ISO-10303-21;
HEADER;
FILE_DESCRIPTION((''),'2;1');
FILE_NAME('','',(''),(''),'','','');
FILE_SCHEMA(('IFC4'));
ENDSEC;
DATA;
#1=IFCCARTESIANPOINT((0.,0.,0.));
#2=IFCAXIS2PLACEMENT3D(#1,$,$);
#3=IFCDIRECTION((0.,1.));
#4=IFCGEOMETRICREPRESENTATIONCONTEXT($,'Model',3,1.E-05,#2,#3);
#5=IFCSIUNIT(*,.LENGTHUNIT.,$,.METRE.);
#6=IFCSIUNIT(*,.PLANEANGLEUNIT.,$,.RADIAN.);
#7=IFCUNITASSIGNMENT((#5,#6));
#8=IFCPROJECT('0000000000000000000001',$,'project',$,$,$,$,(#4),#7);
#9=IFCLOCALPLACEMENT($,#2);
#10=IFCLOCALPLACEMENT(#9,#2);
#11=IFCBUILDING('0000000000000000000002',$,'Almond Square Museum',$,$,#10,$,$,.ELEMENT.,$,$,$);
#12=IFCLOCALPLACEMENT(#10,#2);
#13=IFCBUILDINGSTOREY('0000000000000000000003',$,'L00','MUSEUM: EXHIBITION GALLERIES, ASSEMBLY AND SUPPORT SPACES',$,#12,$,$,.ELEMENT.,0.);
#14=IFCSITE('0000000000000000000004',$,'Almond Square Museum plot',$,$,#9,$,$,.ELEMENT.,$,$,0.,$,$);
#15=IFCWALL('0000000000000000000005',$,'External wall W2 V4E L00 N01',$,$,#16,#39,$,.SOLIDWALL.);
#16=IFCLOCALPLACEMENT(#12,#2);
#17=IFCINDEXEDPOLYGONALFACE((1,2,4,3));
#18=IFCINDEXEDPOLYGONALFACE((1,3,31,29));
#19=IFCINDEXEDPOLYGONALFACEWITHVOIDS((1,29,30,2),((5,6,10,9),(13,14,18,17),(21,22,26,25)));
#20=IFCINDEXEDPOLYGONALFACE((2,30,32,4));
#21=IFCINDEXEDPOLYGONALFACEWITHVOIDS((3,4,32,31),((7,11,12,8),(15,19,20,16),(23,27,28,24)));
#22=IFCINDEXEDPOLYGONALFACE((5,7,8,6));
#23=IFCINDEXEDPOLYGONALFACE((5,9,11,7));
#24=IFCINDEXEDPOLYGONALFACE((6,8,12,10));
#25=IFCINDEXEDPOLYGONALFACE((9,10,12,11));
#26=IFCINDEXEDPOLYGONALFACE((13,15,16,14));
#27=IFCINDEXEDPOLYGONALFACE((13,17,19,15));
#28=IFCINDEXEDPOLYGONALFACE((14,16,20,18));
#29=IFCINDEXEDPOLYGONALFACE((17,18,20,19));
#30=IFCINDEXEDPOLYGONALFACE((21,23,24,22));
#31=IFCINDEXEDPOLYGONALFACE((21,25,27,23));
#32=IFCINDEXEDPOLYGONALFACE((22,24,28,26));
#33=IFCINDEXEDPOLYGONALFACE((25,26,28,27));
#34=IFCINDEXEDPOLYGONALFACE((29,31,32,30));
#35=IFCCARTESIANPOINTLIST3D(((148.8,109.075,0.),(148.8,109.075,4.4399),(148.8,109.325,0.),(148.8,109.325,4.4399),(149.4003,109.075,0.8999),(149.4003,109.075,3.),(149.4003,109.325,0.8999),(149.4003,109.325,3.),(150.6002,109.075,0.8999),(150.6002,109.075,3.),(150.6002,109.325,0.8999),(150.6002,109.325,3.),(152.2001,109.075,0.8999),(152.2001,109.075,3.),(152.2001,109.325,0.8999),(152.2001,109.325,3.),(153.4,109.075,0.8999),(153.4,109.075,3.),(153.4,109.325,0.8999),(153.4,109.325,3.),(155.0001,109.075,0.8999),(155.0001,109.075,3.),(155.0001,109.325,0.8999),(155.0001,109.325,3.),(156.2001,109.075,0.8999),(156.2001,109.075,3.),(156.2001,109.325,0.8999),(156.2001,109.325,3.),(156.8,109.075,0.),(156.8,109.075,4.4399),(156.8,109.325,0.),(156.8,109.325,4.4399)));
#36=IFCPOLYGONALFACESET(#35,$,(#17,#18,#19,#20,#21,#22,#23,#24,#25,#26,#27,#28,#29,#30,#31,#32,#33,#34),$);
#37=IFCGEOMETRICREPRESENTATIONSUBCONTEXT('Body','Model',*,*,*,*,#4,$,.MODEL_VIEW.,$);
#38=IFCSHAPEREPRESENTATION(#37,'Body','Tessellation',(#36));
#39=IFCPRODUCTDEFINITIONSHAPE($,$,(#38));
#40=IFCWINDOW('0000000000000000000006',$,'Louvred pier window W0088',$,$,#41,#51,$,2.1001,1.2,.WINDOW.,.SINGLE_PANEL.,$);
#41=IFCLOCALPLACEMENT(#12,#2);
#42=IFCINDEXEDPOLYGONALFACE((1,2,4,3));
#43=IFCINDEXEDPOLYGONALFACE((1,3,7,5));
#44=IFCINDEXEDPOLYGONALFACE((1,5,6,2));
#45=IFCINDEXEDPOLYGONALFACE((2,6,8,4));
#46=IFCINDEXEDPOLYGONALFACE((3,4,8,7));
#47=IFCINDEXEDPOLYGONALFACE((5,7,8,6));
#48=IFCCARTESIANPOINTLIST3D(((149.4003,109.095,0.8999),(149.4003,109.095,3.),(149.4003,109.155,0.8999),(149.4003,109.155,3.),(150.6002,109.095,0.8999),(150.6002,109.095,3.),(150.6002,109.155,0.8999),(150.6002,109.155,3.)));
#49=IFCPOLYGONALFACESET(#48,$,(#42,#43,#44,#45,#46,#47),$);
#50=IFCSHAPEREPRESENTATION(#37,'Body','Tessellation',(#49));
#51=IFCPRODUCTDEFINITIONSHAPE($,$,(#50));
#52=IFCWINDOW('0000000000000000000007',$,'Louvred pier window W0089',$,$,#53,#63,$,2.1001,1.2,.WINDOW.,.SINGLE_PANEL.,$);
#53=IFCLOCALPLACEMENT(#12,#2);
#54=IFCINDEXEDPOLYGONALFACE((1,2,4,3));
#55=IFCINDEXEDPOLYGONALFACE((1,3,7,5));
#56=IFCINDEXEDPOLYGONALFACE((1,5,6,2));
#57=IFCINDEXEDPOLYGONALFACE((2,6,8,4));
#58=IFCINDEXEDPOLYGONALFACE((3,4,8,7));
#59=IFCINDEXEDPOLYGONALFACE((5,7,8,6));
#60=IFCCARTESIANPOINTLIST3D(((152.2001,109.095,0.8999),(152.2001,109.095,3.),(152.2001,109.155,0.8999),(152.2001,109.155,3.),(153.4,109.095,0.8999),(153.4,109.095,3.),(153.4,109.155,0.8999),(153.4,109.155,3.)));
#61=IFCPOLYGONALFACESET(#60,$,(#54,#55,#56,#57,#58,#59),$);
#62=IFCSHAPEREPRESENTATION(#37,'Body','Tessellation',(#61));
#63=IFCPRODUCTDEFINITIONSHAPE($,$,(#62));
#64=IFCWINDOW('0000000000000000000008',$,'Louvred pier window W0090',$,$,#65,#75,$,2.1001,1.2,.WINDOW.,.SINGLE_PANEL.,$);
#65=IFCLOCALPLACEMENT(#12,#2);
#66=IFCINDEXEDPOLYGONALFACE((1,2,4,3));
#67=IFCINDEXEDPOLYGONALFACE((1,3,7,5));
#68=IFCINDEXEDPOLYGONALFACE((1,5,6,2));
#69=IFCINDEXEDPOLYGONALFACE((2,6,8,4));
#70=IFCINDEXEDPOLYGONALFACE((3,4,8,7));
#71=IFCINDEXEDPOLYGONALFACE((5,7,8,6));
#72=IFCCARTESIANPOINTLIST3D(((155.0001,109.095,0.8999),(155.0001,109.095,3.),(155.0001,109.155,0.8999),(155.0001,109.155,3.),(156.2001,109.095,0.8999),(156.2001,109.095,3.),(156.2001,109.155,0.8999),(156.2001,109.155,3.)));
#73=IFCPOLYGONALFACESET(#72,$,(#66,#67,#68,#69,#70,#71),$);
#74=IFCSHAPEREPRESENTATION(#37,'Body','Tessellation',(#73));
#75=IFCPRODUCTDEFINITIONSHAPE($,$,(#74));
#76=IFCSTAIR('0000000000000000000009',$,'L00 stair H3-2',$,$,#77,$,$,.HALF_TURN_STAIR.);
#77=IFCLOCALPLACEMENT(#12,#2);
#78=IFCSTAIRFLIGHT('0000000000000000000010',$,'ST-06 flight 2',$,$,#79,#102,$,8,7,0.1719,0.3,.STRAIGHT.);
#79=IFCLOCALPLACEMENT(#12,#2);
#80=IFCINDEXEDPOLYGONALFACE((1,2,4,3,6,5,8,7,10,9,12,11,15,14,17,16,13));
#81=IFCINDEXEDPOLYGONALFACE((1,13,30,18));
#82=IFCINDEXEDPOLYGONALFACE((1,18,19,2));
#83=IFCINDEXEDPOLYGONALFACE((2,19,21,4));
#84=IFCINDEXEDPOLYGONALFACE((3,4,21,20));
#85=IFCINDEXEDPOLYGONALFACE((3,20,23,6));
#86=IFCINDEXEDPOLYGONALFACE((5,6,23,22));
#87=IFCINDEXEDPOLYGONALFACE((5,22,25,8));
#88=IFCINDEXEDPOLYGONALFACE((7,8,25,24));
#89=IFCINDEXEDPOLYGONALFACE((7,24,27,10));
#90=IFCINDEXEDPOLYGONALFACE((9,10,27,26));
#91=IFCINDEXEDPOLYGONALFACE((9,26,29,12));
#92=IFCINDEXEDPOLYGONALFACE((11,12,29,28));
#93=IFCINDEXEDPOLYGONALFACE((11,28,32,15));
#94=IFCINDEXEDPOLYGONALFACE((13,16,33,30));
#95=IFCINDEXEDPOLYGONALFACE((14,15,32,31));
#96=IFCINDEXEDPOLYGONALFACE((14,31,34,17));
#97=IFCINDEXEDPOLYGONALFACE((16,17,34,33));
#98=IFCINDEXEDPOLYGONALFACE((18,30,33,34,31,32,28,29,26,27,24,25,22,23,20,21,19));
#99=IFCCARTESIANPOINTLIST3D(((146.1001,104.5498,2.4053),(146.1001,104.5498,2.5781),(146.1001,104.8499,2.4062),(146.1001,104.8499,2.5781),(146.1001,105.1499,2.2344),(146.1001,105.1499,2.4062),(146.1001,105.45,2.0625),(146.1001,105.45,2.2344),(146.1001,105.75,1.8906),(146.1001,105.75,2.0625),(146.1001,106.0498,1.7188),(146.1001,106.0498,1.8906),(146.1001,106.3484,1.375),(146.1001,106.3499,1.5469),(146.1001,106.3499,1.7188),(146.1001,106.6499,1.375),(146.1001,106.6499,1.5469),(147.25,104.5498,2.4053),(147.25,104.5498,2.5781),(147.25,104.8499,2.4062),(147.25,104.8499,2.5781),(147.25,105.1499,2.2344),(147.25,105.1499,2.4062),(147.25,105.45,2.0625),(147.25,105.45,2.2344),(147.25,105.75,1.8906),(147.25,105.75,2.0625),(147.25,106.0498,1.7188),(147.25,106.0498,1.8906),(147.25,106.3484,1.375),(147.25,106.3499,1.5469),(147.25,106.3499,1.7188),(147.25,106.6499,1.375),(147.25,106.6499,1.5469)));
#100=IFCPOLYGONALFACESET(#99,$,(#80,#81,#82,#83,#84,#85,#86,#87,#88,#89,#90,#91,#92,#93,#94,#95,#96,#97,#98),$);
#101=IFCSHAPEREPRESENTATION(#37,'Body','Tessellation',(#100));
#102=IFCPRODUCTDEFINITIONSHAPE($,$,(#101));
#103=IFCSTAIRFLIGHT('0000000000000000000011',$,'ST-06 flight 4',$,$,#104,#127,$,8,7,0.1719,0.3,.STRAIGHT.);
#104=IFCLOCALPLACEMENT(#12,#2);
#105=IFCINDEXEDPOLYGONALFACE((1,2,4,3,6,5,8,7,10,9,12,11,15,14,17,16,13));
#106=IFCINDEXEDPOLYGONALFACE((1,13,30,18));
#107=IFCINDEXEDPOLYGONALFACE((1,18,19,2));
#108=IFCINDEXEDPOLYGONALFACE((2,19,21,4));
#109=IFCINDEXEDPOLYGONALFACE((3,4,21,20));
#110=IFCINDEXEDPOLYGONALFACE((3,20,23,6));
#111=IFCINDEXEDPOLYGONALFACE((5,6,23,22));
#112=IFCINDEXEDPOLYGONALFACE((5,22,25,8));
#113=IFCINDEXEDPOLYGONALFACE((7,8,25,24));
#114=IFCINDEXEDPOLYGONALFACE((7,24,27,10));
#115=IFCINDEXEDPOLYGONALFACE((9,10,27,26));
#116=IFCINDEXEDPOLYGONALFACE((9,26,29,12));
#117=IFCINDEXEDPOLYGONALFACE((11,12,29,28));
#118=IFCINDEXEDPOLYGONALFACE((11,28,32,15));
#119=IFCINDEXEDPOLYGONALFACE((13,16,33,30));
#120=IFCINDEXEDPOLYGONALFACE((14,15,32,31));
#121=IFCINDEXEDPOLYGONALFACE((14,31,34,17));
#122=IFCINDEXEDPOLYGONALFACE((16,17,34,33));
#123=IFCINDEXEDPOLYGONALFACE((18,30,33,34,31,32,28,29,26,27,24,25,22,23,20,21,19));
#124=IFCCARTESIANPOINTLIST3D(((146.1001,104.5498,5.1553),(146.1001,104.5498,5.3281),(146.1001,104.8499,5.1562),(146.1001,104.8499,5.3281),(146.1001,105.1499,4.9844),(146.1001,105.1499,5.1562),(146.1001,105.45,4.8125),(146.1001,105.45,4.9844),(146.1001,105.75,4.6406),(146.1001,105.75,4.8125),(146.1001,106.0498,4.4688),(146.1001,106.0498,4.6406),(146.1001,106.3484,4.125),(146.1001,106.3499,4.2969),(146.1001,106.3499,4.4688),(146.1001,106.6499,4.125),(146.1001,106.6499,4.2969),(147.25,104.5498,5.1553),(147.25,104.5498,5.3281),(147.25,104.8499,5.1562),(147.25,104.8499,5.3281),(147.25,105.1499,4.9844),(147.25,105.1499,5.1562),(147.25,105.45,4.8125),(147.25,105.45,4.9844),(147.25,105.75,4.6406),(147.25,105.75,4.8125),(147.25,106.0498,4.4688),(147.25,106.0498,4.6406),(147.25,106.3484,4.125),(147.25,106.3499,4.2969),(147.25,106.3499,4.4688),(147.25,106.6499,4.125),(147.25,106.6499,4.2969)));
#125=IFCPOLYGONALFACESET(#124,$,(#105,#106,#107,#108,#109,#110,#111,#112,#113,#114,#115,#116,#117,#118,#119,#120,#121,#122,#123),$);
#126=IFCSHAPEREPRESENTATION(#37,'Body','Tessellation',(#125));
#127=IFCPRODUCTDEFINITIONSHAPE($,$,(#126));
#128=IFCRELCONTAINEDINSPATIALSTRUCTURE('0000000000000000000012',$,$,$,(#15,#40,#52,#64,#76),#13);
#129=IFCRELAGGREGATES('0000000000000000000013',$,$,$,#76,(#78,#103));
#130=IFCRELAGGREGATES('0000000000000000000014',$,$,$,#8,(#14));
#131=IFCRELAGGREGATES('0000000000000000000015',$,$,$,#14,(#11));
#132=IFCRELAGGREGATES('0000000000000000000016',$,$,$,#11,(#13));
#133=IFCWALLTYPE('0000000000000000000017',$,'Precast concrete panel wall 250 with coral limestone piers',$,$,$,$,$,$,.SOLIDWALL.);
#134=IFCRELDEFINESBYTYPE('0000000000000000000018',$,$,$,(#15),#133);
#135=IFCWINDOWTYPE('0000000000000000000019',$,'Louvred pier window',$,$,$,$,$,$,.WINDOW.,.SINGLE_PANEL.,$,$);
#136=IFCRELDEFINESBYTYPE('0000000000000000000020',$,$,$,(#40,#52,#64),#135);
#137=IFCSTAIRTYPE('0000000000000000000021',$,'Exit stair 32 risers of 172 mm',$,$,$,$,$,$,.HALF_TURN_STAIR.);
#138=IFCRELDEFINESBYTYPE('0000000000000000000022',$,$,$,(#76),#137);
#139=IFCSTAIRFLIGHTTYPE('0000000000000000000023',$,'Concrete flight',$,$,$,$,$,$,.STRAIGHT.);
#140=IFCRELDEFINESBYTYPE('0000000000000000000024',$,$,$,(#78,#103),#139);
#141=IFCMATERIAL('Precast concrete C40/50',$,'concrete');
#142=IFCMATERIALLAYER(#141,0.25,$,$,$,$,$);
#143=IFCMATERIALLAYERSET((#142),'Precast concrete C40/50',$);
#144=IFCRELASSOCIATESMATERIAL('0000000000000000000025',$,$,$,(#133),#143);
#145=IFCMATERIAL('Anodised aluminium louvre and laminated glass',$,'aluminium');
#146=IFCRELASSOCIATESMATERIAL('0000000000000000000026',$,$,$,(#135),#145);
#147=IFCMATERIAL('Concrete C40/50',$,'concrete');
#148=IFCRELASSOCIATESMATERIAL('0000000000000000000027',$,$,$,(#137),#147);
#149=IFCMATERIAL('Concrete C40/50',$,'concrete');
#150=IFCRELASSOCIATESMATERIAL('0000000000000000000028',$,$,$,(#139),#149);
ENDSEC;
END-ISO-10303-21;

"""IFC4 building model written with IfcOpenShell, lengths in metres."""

from ifc_helpers import new_model, si_unit, direction, frame, frame_2d, origin, place, context, subcontext, project, spatial, polyline, rectangle, outline, extrude, material, layer, layer_set, type_object, element, fill, aggregate, save


model = new_model("IFC4")

# Units and contexts
model_context = context("Model", 3, precision=1e-05, world=origin(), true_north=direction((0.0, 1.0)))
body_context = subcontext(model_context, "Body", "Model", "MODEL_VIEW")
ifc_project = project(units=[si_unit("LENGTHUNIT", "METRE"), si_unit("PLANEANGLEUNIT", "RADIAN")], contexts=[model_context])

# Site, building, storey
site_placement = place(None, origin())
site = spatial("IfcSite", under=ifc_project, at=site_placement, Name="Almond Square Museum plot", CompositionType="ELEMENT", RefElevation=0.0)
building_placement = place(site_placement, origin())
building = spatial("IfcBuilding", under=site, at=building_placement, Name="Almond Square Museum", CompositionType="ELEMENT")
storey_placement = place(building_placement, origin())
storey = spatial("IfcBuildingStorey", under=building, at=storey_placement, Name="L00", Description="MUSEUM: EXHIBITION GALLERIES, ASSEMBLY AND SUPPORT SPACES", CompositionType="ELEMENT", Elevation=0.0)

# Wall, openings, windows
ifc_material_1 = material(Name="Precast concrete C40/50", Category="concrete")
ifc_layer = layer(ifc_material_1, 0.25)
ifc_layer_set = layer_set([ifc_layer], Name="Precast concrete C40/50")
wall_type = type_object("IfcWallType", Name="Precast concrete panel wall 250 with coral limestone piers", PredefinedType="SOLIDWALL", material=ifc_layer_set)
wall_placement = place(storey_placement, frame((148.8, 109.2, 0.0), z_axis=(0.0, 0.0, 1.0), x_axis=(1.0, 0.0, 0.0)))
wall = element("IfcWall", 1, at=wall_placement, inside=storey, type_object=wall_type, Name="External wall W2 V4E L00 N01", PredefinedType="SOLIDWALL", context=body_context, shape_type="SweptSolid", body=[
    extrude(rectangle(XDim=8.0, YDim=0.25, at=frame_2d((4.0, 0.0))), origin(), (0.0, 0.0, 1.0), 4.4399),
])
opening_1_placement = place(wall_placement, frame((0.6001, 0.0, 0.8999)))
opening_1 = element("IfcOpeningElement", 2, at=opening_1_placement, cuts=wall, PredefinedType="OPENING", context=body_context, shape_type="SweptSolid", body=[
    extrude(rectangle(XDim=1.2, YDim=2.1001, at=frame_2d((0.6001, 1.05))), frame((0.0, 0.135, 0.0), z_axis=(0.0, -1.0, 0.0), x_axis=(1.0, 0.0, 0.0)), (0.0, 0.0, 1.0), 0.27),
])
opening_2_placement = place(wall_placement, frame((3.3999, 0.0, 0.8999)))
opening_2 = element("IfcOpeningElement", 3, at=opening_2_placement, cuts=wall, PredefinedType="OPENING", context=body_context, shape_type="SweptSolid", body=[
    extrude(rectangle(XDim=1.2, YDim=2.1001, at=frame_2d((0.6001, 1.05))), frame((0.0, 0.135, 0.0), z_axis=(0.0, -1.0, 0.0), x_axis=(1.0, 0.0, 0.0)), (0.0, 0.0, 1.0), 0.27),
])
opening_3_placement = place(wall_placement, frame((6.2, 0.0, 0.8999)))
opening_3 = element("IfcOpeningElement", 4, at=opening_3_placement, cuts=wall, PredefinedType="OPENING", context=body_context, shape_type="SweptSolid", body=[
    extrude(rectangle(XDim=1.2, YDim=2.1001, at=frame_2d((0.6001, 1.05))), frame((0.0, 0.135, 0.0), z_axis=(0.0, -1.0, 0.0), x_axis=(1.0, 0.0, 0.0)), (0.0, 0.0, 1.0), 0.27),
])
ifc_material_2 = material(Name="Anodised aluminium louvre and laminated glass", Category="aluminium")
window_type = type_object("IfcWindowType", Name="Louvred pier window", PartitioningType="SINGLE_PANEL", PredefinedType="WINDOW", material=ifc_material_2)
window_1_placement = place(opening_1_placement, origin())
window_1 = element("IfcWindow", 5, at=window_1_placement, inside=storey, type_object=window_type, Name="Louvred pier window W0088", OverallHeight=2.1001, OverallWidth=1.2, PartitioningType="SINGLE_PANEL", PredefinedType="WINDOW", context=body_context, shape_type="SweptSolid", body=[
    extrude(rectangle(XDim=1.2, YDim=2.1001, at=frame_2d((0.6001, 1.05))), frame((0.0, -0.0449, 0.0), z_axis=(0.0, -1.0, 0.0), x_axis=(1.0, 0.0, 0.0)), (0.0, 0.0, 1.0), 0.0601),
])
fill(opening_1, window_1)
window_2_placement = place(opening_2_placement, origin())
window_2 = element("IfcWindow", 6, at=window_2_placement, inside=storey, type_object=window_type, Name="Louvred pier window W0089", OverallHeight=2.1001, OverallWidth=1.2, PartitioningType="SINGLE_PANEL", PredefinedType="WINDOW", context=body_context, shape_type="SweptSolid", body=[
    extrude(rectangle(XDim=1.2, YDim=2.1001, at=frame_2d((0.6001, 1.05))), frame((0.0, -0.0449, 0.0), z_axis=(0.0, -1.0, 0.0), x_axis=(1.0, 0.0, 0.0)), (0.0, 0.0, 1.0), 0.0601),
])
fill(opening_2, window_2)
window_3_placement = place(opening_3_placement, origin())
window_3 = element("IfcWindow", 7, at=window_3_placement, inside=storey, type_object=window_type, Name="Louvred pier window W0090", OverallHeight=2.1001, OverallWidth=1.2, PartitioningType="SINGLE_PANEL", PredefinedType="WINDOW", context=body_context, shape_type="SweptSolid", body=[
    extrude(rectangle(XDim=1.2, YDim=2.1001, at=frame_2d((0.6001, 1.05))), frame((0.0, -0.0449, 0.0), z_axis=(0.0, -1.0, 0.0), x_axis=(1.0, 0.0, 0.0)), (0.0, 0.0, 1.0), 0.0601),
])
fill(opening_3, window_3)

# Stair, stair flights
ifc_material_3 = material(Name="Concrete C40/50", Category="concrete")
stair_type = type_object("IfcStairType", Name="Exit stair 32 risers of 172 mm", PredefinedType="HALF_TURN_STAIR", material=ifc_material_3)
stair_placement = place(storey_placement, origin())
stair = element("IfcStair", 8, at=stair_placement, inside=storey, type_object=stair_type, Name="L00 stair H3-2", PredefinedType="HALF_TURN_STAIR")
ifc_material_4 = material(Name="Concrete C40/50", Category="concrete")
stair_flight_type = type_object("IfcStairFlightType", Name="Concrete flight", PredefinedType="STRAIGHT", material=ifc_material_4)
stair_flight_1_placement = place(storey_placement, frame((146.675, 106.6499, 1.375), z_axis=(0.0, 0.0, 1.0), x_axis=(0.0, -1.0, 0.0)))
stair_flight_1 = element("IfcStairFlight", 9, at=stair_flight_1_placement, type_object=stair_flight_type, Name="ST-06 flight 2", NumberOfRisers=8, NumberOfTreads=7, PredefinedType="STRAIGHT", RiserHeight=0.1719, TreadLength=0.3, context=body_context, shape_type="SweptSolid", body=[
    extrude(outline(polyline([(0.0, 0.0), (0.0, 0.1719), (0.3, 0.1719), (0.3, 0.3438), (0.6001, 0.3438), (0.6001, 0.5156), (0.8999, 0.5156), (0.8999, 0.6875), (1.2, 0.6875), (1.2, 0.8594), (1.5, 0.8594), (1.5, 1.0312), (1.8, 1.0312), (1.8, 1.2031), (2.1001, 1.2031), (2.1001, 1.375), (2.1001, 1.0303), (0.3015, 0.0), (0.0, 0.0)])), frame((0.0, 0.575, 0.0), z_axis=(0.0, -1.0, 0.0), x_axis=(1.0, 0.0, 0.0)), (0.0, 0.0, 1.0), 1.1499),
])
stair_flight_2_placement = place(storey_placement, frame((146.675, 106.6499, 4.125), z_axis=(0.0, 0.0, 1.0), x_axis=(0.0, -1.0, 0.0)))
stair_flight_2 = element("IfcStairFlight", 10, at=stair_flight_2_placement, type_object=stair_flight_type, Name="ST-06 flight 4", NumberOfRisers=8, NumberOfTreads=7, PredefinedType="STRAIGHT", RiserHeight=0.1719, TreadLength=0.3, context=body_context, shape_type="SweptSolid", body=[
    extrude(outline(polyline([(0.0, 0.0), (0.0, 0.1719), (0.3, 0.1719), (0.3, 0.3438), (0.6001, 0.3438), (0.6001, 0.5156), (0.8999, 0.5156), (0.8999, 0.6875), (1.2, 0.6875), (1.2, 0.8594), (1.5, 0.8594), (1.5, 1.0312), (1.8, 1.0312), (1.8, 1.2031), (2.1001, 1.2031), (2.1001, 1.375), (2.1001, 1.0303), (0.3015, 0.0), (0.0, 0.0)])), frame((0.0, 0.575, 0.0), z_axis=(0.0, -1.0, 0.0), x_axis=(1.0, 0.0, 0.0)), (0.0, 0.0, 1.0), 1.1499),
])
aggregate(stair, [stair_flight_1, stair_flight_2])

save(model, "model.ifc")
